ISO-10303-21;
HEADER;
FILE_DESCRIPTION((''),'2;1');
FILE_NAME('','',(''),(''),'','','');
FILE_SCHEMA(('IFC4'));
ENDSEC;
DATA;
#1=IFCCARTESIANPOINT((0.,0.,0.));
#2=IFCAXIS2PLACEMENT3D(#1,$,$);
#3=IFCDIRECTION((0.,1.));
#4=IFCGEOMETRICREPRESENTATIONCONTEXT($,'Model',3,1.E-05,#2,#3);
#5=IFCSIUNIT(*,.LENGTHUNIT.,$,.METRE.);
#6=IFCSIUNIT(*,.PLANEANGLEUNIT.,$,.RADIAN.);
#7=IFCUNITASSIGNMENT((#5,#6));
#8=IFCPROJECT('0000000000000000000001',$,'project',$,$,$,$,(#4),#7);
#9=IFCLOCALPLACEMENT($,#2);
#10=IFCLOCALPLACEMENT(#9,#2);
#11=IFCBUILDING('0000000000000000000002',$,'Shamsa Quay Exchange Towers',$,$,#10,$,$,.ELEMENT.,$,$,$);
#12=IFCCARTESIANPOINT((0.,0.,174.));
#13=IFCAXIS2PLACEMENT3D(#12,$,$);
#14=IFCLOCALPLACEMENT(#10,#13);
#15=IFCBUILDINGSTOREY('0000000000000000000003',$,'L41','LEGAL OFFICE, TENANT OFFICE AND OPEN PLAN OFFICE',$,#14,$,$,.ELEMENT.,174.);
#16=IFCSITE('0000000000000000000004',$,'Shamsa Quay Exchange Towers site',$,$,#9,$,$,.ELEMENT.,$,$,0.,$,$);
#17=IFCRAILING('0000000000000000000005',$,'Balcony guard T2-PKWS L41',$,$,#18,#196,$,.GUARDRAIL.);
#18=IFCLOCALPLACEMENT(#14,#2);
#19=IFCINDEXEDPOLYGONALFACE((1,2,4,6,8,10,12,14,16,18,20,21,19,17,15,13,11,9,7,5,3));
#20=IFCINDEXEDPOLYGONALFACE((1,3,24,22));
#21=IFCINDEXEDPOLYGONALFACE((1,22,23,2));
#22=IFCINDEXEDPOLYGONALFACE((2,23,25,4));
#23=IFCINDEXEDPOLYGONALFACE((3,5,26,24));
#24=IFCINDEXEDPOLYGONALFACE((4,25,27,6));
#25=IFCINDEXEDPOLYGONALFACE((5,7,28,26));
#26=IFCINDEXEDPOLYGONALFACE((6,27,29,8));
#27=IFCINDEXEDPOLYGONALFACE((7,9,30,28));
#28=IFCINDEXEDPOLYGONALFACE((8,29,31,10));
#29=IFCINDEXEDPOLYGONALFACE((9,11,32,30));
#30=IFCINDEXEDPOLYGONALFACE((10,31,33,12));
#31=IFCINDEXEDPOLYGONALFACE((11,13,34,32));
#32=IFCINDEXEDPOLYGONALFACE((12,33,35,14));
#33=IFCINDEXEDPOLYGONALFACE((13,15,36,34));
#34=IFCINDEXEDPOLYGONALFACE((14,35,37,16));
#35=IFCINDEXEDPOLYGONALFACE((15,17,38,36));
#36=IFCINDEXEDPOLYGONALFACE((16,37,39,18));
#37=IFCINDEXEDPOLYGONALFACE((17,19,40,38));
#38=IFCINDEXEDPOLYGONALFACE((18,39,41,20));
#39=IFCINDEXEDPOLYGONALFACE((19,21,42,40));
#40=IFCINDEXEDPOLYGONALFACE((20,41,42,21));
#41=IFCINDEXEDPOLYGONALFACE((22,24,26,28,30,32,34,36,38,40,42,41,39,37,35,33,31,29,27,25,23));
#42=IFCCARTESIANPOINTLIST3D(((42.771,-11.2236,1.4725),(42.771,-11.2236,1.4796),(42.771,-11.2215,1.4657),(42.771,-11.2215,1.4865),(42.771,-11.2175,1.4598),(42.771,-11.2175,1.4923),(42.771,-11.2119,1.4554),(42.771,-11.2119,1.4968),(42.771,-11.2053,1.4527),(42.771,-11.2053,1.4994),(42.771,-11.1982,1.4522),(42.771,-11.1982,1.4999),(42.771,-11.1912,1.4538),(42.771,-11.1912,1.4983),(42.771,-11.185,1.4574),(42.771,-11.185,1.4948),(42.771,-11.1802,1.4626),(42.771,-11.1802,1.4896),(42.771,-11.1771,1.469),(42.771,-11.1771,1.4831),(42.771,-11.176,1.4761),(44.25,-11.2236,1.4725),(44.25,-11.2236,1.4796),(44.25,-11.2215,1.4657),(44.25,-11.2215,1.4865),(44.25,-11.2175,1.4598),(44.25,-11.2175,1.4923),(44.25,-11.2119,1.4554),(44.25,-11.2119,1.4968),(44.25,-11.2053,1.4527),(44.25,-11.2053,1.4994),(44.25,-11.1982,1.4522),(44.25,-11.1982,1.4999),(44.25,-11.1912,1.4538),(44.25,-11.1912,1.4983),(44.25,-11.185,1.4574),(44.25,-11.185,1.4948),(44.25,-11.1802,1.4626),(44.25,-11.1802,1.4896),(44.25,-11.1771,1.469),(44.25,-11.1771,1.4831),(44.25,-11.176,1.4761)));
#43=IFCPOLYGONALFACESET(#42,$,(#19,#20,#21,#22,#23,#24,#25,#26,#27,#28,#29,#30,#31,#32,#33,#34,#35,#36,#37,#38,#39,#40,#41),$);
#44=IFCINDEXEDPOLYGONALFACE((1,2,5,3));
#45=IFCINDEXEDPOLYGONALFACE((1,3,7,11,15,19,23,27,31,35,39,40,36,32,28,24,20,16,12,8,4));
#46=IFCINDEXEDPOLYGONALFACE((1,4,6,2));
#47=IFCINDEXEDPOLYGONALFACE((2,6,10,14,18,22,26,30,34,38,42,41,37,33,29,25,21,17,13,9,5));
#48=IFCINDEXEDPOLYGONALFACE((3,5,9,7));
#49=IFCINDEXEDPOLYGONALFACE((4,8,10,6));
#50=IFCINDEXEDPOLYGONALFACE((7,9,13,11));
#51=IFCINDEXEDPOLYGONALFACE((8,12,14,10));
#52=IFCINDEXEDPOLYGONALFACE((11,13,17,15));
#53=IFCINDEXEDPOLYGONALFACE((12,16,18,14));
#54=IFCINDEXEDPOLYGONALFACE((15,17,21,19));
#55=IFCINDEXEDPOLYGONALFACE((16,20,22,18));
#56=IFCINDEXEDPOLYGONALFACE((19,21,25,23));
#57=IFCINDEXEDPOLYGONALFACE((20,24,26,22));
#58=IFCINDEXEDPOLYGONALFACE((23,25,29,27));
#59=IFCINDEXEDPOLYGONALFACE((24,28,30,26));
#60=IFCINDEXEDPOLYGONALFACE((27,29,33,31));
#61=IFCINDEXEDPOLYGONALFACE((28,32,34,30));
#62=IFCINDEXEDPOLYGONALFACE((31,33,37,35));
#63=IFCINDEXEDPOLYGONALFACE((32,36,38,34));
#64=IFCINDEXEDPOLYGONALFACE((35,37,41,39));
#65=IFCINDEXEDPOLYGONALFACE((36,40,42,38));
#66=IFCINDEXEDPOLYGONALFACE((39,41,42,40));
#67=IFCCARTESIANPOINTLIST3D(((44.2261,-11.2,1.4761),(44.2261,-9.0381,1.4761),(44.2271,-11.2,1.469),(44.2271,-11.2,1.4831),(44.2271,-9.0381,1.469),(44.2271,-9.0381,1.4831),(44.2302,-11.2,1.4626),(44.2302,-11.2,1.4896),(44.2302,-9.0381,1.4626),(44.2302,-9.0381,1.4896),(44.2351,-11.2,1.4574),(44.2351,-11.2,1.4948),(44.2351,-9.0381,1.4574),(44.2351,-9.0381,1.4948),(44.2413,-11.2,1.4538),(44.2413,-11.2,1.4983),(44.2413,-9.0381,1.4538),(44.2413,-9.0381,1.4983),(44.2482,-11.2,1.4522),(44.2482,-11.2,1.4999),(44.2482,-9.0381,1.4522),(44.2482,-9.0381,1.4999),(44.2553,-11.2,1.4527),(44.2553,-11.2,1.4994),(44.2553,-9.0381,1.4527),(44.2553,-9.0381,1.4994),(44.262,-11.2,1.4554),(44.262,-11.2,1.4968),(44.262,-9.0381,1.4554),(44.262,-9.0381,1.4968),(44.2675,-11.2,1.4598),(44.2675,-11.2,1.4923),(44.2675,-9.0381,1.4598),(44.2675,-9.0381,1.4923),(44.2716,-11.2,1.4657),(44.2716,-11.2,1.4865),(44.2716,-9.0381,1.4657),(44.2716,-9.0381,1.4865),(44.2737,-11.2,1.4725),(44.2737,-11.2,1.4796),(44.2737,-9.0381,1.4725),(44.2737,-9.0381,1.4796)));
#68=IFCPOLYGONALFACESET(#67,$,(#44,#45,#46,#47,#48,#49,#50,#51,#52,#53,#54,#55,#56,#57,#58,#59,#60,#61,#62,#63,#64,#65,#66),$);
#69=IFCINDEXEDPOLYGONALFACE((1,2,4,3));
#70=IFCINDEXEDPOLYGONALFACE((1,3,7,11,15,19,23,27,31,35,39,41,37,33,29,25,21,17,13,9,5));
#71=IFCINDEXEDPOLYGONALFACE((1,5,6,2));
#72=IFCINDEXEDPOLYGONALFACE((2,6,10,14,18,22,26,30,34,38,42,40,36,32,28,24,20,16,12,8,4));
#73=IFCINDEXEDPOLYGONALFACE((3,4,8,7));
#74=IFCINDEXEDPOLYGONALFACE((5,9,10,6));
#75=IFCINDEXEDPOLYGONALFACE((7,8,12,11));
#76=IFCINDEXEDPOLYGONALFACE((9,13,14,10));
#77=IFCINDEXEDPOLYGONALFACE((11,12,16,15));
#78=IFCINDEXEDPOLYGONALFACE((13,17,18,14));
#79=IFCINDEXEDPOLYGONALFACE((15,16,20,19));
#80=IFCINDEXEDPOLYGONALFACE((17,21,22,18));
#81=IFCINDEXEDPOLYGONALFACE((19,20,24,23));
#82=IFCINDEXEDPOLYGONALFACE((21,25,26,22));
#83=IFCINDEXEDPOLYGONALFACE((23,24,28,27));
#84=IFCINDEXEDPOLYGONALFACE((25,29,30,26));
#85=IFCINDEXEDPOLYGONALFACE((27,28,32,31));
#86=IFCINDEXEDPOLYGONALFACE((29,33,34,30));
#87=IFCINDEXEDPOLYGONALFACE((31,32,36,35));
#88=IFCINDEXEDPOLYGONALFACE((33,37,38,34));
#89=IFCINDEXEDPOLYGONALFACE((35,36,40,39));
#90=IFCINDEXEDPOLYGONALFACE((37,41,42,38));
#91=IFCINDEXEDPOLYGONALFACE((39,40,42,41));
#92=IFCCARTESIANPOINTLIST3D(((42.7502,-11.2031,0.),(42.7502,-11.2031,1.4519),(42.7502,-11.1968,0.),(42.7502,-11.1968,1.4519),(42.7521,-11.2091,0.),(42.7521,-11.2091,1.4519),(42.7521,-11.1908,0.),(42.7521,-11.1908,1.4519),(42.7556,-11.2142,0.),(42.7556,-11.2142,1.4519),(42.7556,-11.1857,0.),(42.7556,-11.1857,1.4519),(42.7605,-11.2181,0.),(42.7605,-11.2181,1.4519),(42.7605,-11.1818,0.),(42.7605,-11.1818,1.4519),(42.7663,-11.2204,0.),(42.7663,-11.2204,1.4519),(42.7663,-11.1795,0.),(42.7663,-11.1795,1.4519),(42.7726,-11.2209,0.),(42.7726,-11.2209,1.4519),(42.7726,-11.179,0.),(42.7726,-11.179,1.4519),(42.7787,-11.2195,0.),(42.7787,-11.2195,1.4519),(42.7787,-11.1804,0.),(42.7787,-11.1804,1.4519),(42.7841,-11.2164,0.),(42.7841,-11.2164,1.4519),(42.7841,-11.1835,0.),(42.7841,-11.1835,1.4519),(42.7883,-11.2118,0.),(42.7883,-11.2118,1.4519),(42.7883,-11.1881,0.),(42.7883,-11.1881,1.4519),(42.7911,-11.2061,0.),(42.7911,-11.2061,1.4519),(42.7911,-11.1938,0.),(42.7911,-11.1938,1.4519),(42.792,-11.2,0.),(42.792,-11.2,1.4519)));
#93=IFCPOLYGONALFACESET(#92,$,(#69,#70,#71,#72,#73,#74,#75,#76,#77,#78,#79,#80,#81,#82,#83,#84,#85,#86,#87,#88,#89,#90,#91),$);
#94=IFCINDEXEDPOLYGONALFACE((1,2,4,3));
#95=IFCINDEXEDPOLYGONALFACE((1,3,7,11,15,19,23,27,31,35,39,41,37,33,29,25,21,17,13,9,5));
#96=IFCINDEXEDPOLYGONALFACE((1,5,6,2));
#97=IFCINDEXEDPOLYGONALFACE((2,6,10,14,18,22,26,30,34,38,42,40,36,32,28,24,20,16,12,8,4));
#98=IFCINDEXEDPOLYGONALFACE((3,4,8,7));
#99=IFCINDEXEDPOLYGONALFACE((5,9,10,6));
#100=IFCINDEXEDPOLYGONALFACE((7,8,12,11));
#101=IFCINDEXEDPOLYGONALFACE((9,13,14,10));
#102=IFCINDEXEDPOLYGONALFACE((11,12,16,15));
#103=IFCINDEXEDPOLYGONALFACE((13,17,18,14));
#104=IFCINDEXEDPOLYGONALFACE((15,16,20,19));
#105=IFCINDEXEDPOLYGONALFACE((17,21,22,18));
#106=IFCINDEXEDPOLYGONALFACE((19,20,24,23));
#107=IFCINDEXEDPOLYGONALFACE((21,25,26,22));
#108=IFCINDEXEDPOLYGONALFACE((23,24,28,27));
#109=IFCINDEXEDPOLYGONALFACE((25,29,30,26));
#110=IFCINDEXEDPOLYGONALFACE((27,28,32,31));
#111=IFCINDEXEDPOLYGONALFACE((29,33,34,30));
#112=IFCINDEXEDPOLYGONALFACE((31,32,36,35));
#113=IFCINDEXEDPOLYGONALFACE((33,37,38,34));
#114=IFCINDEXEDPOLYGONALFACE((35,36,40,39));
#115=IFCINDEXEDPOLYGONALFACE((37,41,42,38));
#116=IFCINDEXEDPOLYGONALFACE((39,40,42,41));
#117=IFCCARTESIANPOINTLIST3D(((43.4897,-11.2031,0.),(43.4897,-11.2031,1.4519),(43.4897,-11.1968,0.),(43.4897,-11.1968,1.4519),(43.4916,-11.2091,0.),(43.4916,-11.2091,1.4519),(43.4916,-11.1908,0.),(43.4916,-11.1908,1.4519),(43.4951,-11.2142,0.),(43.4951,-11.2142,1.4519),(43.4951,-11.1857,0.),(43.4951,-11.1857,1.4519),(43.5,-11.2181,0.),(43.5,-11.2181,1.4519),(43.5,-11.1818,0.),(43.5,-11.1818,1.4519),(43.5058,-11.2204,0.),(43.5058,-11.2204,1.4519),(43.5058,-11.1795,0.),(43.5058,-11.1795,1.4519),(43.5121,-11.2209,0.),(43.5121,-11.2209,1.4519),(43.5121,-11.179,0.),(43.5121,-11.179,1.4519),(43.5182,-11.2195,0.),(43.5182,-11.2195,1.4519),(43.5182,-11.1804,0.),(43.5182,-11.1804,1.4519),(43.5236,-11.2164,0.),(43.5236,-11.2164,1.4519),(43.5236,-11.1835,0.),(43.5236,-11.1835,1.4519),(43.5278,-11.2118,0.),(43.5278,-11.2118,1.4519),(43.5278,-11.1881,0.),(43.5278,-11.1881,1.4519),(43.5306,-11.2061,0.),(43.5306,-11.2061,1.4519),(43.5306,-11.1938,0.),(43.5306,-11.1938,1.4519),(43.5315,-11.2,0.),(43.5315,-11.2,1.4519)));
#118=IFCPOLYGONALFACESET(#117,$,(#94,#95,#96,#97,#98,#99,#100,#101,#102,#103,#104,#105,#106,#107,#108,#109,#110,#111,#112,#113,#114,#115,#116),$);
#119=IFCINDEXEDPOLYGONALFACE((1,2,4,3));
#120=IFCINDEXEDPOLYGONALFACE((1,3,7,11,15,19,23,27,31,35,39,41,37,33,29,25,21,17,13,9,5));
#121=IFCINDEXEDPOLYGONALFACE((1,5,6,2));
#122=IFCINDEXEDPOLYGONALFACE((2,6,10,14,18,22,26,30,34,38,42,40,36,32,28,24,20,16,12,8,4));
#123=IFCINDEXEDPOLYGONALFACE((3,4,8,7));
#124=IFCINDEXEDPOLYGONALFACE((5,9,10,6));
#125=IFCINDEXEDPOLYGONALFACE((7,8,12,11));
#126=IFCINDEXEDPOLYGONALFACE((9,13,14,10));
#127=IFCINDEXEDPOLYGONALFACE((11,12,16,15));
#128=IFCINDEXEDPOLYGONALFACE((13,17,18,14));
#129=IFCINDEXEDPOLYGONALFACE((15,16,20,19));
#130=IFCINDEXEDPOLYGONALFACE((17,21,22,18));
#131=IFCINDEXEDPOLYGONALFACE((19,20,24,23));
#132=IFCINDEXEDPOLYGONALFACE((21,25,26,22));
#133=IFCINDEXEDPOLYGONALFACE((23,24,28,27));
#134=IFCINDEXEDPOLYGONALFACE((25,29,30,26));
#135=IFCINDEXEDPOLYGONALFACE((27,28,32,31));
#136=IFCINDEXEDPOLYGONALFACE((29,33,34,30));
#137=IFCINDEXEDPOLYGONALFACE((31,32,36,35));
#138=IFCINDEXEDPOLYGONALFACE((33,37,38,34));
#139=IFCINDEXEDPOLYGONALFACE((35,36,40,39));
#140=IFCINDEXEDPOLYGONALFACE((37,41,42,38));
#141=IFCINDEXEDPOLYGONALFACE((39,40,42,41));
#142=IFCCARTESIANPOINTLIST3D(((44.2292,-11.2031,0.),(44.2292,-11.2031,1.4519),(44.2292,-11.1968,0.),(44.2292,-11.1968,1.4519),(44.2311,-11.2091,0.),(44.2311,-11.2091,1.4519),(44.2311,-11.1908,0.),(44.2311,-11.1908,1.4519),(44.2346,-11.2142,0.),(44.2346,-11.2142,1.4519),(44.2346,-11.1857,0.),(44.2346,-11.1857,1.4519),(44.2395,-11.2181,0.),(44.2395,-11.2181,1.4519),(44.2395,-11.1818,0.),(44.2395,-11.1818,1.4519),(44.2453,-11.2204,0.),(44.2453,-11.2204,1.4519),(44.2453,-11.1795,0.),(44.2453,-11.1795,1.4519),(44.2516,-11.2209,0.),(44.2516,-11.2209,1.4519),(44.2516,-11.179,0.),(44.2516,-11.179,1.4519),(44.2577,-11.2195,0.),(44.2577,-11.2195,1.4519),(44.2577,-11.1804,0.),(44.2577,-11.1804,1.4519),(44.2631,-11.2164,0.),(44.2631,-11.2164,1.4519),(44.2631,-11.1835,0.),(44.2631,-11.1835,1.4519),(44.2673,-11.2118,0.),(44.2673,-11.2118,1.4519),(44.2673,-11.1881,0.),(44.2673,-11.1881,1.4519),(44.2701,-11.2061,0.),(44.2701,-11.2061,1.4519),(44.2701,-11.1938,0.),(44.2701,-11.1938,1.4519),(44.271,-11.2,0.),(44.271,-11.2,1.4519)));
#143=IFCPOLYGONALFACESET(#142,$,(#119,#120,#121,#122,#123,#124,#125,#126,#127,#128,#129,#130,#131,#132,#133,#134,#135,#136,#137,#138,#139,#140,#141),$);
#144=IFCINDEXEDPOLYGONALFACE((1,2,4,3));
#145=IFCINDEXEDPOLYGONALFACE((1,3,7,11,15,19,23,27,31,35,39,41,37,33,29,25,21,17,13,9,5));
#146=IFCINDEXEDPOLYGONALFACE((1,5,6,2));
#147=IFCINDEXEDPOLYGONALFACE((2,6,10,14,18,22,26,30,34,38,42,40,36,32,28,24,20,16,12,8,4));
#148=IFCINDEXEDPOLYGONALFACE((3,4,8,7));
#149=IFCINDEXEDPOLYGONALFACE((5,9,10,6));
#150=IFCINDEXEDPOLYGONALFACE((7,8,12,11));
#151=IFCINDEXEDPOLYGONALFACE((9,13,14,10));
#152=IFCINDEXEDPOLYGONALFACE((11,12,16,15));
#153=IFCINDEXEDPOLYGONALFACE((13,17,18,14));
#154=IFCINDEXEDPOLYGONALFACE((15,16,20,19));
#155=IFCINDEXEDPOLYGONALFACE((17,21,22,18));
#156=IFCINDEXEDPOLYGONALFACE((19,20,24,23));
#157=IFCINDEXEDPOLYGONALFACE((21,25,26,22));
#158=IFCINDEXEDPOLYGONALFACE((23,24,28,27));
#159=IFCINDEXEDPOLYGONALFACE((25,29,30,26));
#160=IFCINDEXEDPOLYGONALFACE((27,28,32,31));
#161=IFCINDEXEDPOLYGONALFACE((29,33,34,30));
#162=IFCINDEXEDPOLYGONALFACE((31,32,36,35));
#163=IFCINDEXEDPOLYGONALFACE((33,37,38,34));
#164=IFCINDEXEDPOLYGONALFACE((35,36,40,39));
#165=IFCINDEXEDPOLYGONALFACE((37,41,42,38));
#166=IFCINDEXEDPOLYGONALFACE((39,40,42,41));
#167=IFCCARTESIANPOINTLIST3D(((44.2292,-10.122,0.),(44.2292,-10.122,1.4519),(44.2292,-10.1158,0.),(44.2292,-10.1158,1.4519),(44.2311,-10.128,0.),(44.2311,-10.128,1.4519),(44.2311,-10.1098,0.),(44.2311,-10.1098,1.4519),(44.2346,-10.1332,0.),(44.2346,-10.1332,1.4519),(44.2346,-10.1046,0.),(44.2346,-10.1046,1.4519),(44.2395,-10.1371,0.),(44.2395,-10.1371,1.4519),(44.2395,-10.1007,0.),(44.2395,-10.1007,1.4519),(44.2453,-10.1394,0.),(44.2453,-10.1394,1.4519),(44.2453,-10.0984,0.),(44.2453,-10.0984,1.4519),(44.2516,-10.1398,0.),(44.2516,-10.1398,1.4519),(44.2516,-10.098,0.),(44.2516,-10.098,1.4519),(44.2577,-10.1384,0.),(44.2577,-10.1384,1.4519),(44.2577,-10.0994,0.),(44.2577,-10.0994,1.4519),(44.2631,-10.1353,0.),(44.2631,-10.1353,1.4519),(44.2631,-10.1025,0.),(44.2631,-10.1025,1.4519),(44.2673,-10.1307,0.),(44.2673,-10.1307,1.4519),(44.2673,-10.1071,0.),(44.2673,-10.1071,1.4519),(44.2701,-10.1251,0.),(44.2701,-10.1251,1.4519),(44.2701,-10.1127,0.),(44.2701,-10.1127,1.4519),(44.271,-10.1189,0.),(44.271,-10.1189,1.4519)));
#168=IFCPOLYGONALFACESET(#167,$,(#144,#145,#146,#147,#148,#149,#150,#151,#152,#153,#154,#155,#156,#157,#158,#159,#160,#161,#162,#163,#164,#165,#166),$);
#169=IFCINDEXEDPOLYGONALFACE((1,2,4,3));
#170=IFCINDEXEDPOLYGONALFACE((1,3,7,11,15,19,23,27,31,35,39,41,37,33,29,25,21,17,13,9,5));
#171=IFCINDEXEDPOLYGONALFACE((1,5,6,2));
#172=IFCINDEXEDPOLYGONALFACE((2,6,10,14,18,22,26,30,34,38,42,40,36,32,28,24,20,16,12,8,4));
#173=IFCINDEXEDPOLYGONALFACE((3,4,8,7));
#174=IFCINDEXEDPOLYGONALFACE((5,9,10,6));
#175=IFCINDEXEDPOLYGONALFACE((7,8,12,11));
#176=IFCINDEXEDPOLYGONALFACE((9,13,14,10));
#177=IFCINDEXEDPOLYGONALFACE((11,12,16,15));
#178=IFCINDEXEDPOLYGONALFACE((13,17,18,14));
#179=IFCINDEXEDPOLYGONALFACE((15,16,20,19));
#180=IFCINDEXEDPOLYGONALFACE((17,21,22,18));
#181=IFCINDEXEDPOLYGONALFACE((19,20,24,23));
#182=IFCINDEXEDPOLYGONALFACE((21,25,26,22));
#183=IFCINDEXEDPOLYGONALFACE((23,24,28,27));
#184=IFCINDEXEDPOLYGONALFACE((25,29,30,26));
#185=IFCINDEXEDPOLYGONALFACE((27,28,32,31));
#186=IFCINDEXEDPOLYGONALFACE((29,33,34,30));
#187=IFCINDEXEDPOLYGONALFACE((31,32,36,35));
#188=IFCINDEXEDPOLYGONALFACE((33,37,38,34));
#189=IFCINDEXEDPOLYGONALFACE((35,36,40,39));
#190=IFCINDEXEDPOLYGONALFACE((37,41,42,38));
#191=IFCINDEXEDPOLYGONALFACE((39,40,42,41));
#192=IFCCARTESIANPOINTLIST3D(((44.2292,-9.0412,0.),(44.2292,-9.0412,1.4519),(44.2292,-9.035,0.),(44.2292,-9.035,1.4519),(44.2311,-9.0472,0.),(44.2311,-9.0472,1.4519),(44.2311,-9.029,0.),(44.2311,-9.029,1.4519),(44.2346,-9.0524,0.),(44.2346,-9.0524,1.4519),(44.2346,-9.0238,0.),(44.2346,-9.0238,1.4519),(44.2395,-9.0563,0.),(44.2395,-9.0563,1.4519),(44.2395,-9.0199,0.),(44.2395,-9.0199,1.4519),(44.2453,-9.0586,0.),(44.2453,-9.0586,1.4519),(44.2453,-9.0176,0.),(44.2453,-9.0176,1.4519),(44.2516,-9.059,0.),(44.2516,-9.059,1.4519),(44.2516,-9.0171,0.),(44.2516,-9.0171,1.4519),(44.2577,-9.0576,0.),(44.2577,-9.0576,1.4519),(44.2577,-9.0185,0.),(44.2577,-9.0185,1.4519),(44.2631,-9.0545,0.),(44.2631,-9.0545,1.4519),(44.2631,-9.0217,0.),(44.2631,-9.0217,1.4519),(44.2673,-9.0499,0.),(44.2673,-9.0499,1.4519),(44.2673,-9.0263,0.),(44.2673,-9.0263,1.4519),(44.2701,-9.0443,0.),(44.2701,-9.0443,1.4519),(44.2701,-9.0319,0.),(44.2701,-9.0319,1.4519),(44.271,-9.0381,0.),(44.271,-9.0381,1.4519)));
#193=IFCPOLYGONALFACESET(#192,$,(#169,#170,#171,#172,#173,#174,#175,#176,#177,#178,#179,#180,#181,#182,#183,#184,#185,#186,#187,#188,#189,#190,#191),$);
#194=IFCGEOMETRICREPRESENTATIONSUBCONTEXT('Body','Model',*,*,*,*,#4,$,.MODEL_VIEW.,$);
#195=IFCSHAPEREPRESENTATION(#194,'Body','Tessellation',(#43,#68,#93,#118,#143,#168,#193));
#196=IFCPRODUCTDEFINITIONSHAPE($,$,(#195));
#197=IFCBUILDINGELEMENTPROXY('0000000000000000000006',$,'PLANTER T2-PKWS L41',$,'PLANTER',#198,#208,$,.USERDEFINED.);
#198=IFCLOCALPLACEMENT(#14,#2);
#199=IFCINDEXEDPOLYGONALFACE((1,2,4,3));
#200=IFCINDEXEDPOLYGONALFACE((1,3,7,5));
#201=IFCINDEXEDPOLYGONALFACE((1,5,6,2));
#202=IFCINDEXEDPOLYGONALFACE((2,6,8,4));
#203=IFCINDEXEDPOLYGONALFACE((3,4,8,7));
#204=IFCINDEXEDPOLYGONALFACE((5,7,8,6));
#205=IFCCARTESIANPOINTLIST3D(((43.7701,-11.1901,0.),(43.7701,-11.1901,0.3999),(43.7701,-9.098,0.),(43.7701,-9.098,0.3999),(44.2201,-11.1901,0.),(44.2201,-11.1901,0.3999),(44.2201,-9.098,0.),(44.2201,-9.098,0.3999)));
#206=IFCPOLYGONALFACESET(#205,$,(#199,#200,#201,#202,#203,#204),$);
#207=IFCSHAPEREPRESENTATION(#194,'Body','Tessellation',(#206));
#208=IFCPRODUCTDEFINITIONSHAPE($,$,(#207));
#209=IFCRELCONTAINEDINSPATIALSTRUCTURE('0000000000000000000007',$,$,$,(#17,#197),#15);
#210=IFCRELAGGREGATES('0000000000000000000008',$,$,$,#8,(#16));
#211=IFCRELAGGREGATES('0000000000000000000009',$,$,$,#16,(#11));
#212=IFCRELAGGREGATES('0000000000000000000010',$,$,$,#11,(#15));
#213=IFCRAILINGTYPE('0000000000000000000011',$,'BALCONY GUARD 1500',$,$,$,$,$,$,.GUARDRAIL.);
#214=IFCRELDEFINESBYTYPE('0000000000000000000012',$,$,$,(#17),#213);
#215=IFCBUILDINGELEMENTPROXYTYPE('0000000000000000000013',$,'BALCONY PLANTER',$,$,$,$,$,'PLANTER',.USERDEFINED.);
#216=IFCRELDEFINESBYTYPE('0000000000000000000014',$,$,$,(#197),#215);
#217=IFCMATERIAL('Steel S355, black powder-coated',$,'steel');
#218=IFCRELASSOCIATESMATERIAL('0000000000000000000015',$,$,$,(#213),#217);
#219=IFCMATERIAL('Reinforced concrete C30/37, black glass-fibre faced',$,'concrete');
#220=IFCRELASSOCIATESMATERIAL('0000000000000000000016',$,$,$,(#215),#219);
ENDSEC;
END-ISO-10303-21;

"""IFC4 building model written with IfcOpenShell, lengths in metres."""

from ifc_helpers import new_model, si_unit, direction, frame, origin, origin_2d, place, context, subcontext, project, spatial, rectangle, circle, extrude, material, type_object, element, save


model = new_model("IFC4")

# Units and contexts
model_context = context("Model", 3, precision=1e-05, world=origin(), true_north=direction((0.0, 1.0)))
body_context = subcontext(model_context, "Body", "Model", "MODEL_VIEW")
ifc_project = project(units=[si_unit("LENGTHUNIT", "METRE"), si_unit("PLANEANGLEUNIT", "RADIAN")], contexts=[model_context])

# Site, building, storey
site_placement = place(None, origin())
site = spatial("IfcSite", under=ifc_project, at=site_placement, Name="Shamsa Quay Exchange Towers site", CompositionType="ELEMENT", RefElevation=0.0)
building_placement = place(site_placement, origin())
building = spatial("IfcBuilding", under=site, at=building_placement, Name="Shamsa Quay Exchange Towers", CompositionType="ELEMENT")
storey_placement = place(building_placement, frame((0.0, 0.0, 174.0)))
storey = spatial("IfcBuildingStorey", under=building, at=storey_placement, Name="L41", Description="LEGAL OFFICE, TENANT OFFICE AND OPEN PLAN OFFICE", CompositionType="ELEMENT", Elevation=174.0)

# Railing
ifc_material_1 = material(Name="Steel S355, black powder-coated", Category="steel")
railing_type = type_object("IfcRailingType", Name="BALCONY GUARD 1500", PredefinedType="GUARDRAIL", material=ifc_material_1)
railing_placement = place(storey_placement, frame((42.771, -11.2, 0.0)))
element("IfcRailing", 1, at=railing_placement, inside=storey, type_object=railing_type, Name="Balcony guard T2-PKWS L41", PredefinedType="GUARDRAIL", context=body_context, shape_type="SweptSolid", body=[
    extrude(circle(Radius=0.0239, at=origin_2d()), frame((0.0, 0.0, 1.4761), z_axis=(1.0, 0.0, 0.0), x_axis=(0.0, 1.0, 0.0)), (0.0, 0.0, 1.0), 1.479),
    extrude(circle(Radius=0.0239, at=origin_2d()), frame((1.479, 0.0, 1.4761), z_axis=(0.0, 1.0, 0.0), x_axis=(-1.0, 0.0, 0.0)), (0.0, 0.0, 1.0), 2.1619),
    extrude(circle(Radius=0.021, at=origin_2d()), origin(), (0.0, 0.0, 1.0), 1.4519),
    extrude(circle(Radius=0.021, at=origin_2d()), frame((0.7395, 0.0, 0.0)), (0.0, 0.0, 1.0), 1.4519),
    extrude(circle(Radius=0.021, at=origin_2d()), frame((1.479, 0.0, 0.0)), (0.0, 0.0, 1.0), 1.4519),
    extrude(circle(Radius=0.021, at=origin_2d()), frame((1.479, 1.0811, 0.0)), (0.0, 0.0, 1.0), 1.4519),
    extrude(circle(Radius=0.021, at=origin_2d()), frame((1.479, 2.1619, 0.0)), (0.0, 0.0, 1.0), 1.4519),
])

# Building element proxy
ifc_material_2 = material(Name="Reinforced concrete C30/37, black glass-fibre faced", Category="concrete")
building_element_proxy_type = type_object("IfcBuildingElementProxyType", Name="BALCONY PLANTER", ElementType="PLANTER", PredefinedType="USERDEFINED", material=ifc_material_2)
proxy_placement = place(storey_placement, frame((43.9951, -10.144, 0.0), z_axis=(0.0, 0.0, 1.0), x_axis=(0.0, 1.0, 0.0)))
element("IfcBuildingElementProxy", 2, at=proxy_placement, inside=storey, type_object=building_element_proxy_type, Name="PLANTER T2-PKWS L41", ObjectType="PLANTER", PredefinedType="USERDEFINED", context=body_context, shape_type="SweptSolid", body=[
    extrude(rectangle(XDim=2.092, YDim=0.45, at=origin_2d()), origin(), (0.0, 0.0, 1.0), 0.3999),
])

save(model, "model.ifc")
